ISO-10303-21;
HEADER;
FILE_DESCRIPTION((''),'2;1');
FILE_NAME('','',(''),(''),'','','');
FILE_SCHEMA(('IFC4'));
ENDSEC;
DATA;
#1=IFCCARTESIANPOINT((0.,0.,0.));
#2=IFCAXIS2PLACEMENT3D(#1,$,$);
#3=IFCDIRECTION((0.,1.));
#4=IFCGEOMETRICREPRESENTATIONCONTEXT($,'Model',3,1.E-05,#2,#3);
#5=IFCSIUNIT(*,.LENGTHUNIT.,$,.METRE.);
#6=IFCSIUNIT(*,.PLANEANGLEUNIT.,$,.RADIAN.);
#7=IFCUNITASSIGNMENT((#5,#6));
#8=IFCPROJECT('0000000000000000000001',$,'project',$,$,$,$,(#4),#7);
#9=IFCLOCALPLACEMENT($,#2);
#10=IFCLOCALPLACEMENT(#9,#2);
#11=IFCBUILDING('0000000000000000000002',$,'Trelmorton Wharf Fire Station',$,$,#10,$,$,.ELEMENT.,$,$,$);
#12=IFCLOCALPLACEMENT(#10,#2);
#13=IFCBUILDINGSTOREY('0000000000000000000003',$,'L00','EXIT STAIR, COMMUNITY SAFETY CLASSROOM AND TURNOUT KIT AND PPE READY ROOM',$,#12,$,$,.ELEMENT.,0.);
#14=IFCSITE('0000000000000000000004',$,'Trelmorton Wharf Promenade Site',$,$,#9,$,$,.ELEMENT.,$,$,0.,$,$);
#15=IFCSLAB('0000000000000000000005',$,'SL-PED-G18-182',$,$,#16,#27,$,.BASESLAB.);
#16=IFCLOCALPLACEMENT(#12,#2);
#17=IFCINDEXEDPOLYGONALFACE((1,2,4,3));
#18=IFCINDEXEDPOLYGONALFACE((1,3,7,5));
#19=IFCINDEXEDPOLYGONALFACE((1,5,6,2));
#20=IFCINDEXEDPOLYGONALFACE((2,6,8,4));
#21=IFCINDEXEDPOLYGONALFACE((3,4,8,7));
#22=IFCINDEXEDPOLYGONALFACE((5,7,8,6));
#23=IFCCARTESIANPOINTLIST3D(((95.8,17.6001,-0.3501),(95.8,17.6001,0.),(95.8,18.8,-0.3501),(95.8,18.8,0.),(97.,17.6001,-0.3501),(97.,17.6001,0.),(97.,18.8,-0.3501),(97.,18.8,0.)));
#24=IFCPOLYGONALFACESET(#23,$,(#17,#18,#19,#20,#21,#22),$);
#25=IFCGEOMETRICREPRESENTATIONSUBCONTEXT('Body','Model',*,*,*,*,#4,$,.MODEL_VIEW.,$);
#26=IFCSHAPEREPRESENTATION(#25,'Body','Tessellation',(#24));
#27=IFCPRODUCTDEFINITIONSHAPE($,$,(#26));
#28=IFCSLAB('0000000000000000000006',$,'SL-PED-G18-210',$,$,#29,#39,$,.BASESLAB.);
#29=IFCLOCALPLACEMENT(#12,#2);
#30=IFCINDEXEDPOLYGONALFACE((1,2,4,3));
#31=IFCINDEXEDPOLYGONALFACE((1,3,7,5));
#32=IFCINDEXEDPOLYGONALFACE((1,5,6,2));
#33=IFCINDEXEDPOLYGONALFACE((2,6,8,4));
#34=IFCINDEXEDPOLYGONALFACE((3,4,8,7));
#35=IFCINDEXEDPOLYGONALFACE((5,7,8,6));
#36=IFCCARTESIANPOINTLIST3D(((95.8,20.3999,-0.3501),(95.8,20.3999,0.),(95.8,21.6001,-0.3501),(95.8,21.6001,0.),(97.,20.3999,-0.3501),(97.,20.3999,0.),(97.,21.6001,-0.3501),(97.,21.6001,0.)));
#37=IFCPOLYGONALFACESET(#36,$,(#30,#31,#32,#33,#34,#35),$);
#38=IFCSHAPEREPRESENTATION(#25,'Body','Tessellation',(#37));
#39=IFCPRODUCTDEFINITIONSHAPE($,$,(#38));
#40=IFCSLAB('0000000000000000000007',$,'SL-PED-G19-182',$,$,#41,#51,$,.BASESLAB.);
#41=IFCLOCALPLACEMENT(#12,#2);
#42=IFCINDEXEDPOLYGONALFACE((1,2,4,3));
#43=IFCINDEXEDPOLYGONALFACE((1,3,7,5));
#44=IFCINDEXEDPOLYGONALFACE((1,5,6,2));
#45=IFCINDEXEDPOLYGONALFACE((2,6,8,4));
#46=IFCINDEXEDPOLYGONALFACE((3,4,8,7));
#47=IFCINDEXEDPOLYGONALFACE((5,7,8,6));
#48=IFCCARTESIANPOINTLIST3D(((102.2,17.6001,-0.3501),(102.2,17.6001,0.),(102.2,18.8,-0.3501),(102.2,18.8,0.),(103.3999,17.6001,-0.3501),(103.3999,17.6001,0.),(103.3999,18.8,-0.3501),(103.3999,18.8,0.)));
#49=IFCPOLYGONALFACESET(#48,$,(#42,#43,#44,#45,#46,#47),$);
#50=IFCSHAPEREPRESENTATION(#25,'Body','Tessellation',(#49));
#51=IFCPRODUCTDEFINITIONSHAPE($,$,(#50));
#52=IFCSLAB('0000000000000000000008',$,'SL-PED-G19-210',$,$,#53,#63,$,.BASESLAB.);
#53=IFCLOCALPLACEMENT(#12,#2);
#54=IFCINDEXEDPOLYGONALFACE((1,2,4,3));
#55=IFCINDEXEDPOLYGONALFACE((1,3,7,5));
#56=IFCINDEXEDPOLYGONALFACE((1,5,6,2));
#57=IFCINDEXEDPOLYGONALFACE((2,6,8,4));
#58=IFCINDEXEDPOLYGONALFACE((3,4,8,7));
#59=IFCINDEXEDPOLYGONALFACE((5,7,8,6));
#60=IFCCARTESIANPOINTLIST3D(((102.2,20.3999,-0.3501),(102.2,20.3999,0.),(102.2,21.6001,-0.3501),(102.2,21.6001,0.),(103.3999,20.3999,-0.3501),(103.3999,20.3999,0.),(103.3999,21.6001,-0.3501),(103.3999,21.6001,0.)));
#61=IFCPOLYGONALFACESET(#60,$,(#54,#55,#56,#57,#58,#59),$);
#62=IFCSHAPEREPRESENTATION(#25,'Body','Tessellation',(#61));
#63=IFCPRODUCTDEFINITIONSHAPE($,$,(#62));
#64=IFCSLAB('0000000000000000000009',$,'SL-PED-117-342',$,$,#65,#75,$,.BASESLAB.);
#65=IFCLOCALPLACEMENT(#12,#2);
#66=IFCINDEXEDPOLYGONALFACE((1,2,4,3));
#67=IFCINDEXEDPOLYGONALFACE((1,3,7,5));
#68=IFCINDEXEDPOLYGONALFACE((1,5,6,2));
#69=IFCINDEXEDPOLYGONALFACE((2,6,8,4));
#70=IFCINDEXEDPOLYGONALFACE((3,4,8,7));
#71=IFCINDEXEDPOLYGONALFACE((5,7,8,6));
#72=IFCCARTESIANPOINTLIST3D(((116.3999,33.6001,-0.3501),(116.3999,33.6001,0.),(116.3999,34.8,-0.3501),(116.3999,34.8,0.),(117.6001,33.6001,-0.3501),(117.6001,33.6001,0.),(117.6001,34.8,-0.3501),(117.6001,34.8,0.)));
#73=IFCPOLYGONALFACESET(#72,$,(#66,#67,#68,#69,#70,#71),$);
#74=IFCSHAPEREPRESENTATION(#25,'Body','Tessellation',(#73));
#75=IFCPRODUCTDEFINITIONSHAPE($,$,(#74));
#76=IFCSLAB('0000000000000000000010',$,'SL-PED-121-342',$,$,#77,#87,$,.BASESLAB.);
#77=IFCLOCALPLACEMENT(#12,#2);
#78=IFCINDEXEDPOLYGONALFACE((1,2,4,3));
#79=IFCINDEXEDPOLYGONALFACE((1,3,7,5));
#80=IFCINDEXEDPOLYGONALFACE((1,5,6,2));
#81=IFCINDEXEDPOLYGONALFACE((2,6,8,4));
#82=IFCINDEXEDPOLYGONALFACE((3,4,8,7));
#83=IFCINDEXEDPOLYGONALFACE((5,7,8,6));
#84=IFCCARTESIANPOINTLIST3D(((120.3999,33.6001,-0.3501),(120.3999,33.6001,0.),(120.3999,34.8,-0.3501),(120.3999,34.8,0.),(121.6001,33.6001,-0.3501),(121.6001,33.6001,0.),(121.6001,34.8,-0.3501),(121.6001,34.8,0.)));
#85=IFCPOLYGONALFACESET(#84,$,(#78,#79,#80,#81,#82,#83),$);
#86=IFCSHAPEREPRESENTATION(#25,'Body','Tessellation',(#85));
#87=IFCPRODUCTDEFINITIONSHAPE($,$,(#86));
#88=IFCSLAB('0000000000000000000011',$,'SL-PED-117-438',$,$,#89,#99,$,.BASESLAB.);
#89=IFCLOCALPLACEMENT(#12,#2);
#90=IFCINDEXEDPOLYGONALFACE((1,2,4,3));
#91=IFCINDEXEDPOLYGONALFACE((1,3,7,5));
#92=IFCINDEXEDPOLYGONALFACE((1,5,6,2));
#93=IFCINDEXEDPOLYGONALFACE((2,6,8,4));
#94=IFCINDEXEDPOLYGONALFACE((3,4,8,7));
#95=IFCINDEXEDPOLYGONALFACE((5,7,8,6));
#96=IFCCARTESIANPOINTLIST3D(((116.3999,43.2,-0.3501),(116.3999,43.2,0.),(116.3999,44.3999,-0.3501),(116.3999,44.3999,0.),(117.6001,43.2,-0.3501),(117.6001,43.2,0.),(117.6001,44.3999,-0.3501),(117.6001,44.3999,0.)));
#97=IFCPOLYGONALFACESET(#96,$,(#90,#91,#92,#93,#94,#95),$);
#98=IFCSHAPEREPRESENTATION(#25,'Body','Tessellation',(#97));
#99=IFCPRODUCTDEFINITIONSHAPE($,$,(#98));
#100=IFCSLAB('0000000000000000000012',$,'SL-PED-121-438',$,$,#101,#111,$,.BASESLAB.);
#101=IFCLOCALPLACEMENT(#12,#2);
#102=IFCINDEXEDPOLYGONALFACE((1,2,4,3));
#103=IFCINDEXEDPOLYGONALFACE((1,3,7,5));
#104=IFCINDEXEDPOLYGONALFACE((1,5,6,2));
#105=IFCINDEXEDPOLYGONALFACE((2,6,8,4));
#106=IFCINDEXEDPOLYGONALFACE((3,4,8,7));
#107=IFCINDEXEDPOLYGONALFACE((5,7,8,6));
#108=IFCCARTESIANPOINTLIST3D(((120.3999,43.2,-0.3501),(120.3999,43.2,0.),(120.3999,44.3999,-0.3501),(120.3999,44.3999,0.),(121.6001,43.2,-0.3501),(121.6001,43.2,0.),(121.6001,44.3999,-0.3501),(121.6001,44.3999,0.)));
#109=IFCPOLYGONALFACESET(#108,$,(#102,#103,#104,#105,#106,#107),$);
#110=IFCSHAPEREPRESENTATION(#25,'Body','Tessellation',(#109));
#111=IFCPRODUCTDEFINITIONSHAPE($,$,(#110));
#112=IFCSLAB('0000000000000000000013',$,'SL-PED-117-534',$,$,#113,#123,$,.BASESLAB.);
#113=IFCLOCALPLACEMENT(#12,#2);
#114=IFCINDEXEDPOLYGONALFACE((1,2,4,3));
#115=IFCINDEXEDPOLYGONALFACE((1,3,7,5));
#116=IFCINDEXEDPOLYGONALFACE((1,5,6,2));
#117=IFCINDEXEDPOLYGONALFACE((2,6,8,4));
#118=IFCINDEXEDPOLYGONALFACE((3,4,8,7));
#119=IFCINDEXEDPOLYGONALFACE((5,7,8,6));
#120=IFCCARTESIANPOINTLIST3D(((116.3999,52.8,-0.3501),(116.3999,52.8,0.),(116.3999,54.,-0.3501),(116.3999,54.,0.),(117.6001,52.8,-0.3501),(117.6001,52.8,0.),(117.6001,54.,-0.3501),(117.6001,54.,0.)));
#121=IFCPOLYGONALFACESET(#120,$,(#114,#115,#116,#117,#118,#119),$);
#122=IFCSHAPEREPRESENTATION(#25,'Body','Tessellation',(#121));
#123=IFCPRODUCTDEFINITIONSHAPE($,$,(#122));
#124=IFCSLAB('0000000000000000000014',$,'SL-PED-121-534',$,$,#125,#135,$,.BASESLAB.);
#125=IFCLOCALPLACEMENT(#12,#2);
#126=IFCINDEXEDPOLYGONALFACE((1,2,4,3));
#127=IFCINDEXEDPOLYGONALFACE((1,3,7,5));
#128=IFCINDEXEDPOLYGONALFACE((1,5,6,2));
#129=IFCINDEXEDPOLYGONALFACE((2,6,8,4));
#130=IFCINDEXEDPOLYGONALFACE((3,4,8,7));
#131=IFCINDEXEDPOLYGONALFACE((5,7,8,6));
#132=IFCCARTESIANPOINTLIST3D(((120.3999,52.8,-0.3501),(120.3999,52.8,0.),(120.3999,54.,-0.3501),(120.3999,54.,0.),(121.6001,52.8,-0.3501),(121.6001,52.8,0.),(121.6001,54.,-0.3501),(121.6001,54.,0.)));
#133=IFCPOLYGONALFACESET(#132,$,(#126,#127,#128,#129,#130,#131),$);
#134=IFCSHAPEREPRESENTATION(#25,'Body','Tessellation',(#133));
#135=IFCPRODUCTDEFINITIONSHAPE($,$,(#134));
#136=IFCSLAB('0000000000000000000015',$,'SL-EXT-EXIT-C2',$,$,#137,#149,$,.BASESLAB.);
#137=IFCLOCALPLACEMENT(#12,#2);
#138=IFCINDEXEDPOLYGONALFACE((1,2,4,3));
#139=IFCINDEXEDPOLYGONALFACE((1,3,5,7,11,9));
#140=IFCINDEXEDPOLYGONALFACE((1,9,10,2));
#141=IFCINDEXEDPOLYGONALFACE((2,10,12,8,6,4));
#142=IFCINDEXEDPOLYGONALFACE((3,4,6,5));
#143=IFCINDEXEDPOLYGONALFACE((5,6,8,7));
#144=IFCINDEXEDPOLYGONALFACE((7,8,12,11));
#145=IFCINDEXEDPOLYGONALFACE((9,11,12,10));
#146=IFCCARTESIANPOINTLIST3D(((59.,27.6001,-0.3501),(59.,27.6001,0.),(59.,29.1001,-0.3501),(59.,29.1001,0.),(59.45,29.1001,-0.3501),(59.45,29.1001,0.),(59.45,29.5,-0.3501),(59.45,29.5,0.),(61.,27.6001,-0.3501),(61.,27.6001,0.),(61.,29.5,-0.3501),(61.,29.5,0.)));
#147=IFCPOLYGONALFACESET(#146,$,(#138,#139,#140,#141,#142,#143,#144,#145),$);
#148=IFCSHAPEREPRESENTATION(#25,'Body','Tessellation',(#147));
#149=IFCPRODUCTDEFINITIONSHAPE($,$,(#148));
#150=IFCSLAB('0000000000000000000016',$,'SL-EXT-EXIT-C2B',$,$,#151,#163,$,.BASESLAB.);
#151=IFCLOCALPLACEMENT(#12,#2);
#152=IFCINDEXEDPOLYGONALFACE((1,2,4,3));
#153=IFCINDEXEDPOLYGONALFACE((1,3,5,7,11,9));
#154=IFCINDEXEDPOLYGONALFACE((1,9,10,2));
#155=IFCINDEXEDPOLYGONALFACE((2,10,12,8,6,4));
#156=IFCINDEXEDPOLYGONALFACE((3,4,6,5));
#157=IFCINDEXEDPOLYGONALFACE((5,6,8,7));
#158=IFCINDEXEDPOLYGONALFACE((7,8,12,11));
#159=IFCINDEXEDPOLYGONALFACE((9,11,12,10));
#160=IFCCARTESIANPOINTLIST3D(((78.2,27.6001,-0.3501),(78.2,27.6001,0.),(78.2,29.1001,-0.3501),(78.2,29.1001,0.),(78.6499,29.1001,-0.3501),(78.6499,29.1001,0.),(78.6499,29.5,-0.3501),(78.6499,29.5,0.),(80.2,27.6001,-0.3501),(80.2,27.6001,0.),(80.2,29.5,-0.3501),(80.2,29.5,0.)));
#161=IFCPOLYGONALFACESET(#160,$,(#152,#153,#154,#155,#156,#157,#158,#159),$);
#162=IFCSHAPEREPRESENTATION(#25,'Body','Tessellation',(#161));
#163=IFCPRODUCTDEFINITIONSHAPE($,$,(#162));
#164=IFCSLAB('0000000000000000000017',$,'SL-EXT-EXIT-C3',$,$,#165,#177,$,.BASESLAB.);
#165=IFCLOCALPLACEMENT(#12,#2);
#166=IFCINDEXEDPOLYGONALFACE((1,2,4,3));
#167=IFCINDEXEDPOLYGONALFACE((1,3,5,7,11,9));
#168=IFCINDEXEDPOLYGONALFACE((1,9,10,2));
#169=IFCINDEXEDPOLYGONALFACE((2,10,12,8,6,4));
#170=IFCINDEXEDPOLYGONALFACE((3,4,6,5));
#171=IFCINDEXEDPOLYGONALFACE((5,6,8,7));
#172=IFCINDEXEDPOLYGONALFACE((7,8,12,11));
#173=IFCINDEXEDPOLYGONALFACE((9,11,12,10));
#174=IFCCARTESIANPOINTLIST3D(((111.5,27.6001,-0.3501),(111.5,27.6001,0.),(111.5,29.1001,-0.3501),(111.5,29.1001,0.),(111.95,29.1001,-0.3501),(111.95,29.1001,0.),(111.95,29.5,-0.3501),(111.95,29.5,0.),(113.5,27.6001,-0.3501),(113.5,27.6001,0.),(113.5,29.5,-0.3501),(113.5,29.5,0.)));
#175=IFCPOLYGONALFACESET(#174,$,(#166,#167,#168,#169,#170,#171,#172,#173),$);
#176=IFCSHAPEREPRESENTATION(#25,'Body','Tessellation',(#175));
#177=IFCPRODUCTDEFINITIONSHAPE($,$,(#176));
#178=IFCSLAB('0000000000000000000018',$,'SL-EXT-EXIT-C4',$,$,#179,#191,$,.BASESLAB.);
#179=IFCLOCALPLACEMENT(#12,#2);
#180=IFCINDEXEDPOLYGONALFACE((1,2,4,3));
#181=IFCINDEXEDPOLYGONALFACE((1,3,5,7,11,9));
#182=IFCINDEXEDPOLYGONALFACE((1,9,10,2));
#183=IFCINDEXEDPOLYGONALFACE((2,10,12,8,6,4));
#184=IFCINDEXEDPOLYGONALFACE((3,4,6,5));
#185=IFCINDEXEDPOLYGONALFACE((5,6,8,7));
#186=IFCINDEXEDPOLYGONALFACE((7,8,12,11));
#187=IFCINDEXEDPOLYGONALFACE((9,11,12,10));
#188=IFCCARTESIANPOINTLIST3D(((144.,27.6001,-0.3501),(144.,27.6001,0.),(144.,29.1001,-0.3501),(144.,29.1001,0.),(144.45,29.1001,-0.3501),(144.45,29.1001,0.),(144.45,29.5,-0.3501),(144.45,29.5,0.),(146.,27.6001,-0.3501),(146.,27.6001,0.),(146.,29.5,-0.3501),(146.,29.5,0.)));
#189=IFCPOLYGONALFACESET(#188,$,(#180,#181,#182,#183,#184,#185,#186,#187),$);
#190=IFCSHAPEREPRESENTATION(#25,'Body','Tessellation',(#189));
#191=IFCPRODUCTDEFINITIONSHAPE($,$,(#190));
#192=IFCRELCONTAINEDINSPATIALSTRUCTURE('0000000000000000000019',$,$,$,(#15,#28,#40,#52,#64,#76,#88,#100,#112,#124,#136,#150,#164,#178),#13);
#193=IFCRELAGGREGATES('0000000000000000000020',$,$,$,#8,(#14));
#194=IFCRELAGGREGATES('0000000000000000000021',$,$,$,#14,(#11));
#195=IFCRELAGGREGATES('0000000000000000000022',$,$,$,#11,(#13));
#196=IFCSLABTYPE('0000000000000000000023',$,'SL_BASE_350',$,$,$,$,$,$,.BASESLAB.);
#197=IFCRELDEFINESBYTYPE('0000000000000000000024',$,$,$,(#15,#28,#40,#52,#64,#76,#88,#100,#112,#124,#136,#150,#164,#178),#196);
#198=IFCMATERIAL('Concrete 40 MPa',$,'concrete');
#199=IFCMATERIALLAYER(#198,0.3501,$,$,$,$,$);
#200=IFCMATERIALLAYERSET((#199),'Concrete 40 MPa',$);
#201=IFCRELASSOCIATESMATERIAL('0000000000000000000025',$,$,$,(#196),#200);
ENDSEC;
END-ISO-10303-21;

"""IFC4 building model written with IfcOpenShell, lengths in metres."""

from ifc_helpers import new_model, si_unit, direction, frame, origin, place, context, subcontext, project, spatial, polyline, outline, extrude, material, layer, layer_set, type_object, element, save


model = new_model("IFC4")

# Units and contexts
model_context = context("Model", 3, precision=1e-05, world=origin(), true_north=direction((0.0, 1.0)))
body_context = subcontext(model_context, "Body", "Model", "MODEL_VIEW")
ifc_project = project(units=[si_unit("LENGTHUNIT", "METRE"), si_unit("PLANEANGLEUNIT", "RADIAN")], contexts=[model_context])

# Site, building, storey
site_placement = place(None, origin())
site = spatial("IfcSite", under=ifc_project, at=site_placement, Name="Trelmorton Wharf Promenade Site", CompositionType="ELEMENT", RefElevation=0.0)
building_placement = place(site_placement, origin())
building = spatial("IfcBuilding", under=site, at=building_placement, Name="Trelmorton Wharf Fire Station", CompositionType="ELEMENT")
storey_placement = place(building_placement, origin())
storey = spatial("IfcBuildingStorey", under=building, at=storey_placement, Name="L00", Description="EXIT STAIR, COMMUNITY SAFETY CLASSROOM AND TURNOUT KIT AND PPE READY ROOM", CompositionType="ELEMENT", Elevation=0.0)

# Slabs
ifc_material_1 = material(Name="Concrete 40 MPa", Category="concrete")
ifc_layer_1 = layer(ifc_material_1, 0.3501)
ifc_layer_set_1 = layer_set([ifc_layer_1], Name="Concrete 40 MPa")
slab_type_1 = type_object("IfcSlabType", Name="SL_BASE_350", PredefinedType="BASESLAB", material=ifc_layer_set_1)
slab_1_placement = place(storey_placement, frame((0.0, 0.0, -0.3501)))
element("IfcSlab", 1, at=slab_1_placement, inside=storey, type_object=slab_type_1, Name="SL-PED-G18-182", PredefinedType="BASESLAB", context=body_context, shape_type="SweptSolid", body=[
    extrude(outline(polyline([(97.0, 17.6001), (97.0, 18.8), (95.8, 18.8), (95.8, 17.6001), (97.0, 17.6001)])), origin(), (0.0, 0.0, 1.0), 0.3501),
])
slab_2_placement = place(storey_placement, frame((0.0, 0.0, -0.3501)))
element("IfcSlab", 2, at=slab_2_placement, inside=storey, type_object=slab_type_1, Name="SL-PED-G18-210", PredefinedType="BASESLAB", context=body_context, shape_type="SweptSolid", body=[
    extrude(outline(polyline([(97.0, 20.3999), (97.0, 21.6001), (95.8, 21.6001), (95.8, 20.3999), (97.0, 20.3999)])), origin(), (0.0, 0.0, 1.0), 0.3501),
])
slab_3_placement = place(storey_placement, frame((0.0, 0.0, -0.3501)))
element("IfcSlab", 3, at=slab_3_placement, inside=storey, type_object=slab_type_1, Name="SL-PED-G19-182", PredefinedType="BASESLAB", context=body_context, shape_type="SweptSolid", body=[
    extrude(outline(polyline([(103.3999, 17.6001), (103.3999, 18.8), (102.2, 18.8), (102.2, 17.6001), (103.3999, 17.6001)])), origin(), (0.0, 0.0, 1.0), 0.3501),
])
slab_4_placement = place(storey_placement, frame((0.0, 0.0, -0.3501)))
element("IfcSlab", 4, at=slab_4_placement, inside=storey, type_object=slab_type_1, Name="SL-PED-G19-210", PredefinedType="BASESLAB", context=body_context, shape_type="SweptSolid", body=[
    extrude(outline(polyline([(103.3999, 20.3999), (103.3999, 21.6001), (102.2, 21.6001), (102.2, 20.3999), (103.3999, 20.3999)])), origin(), (0.0, 0.0, 1.0), 0.3501),
])
slab_5_placement = place(storey_placement, frame((0.0, 0.0, -0.3501)))
element("IfcSlab", 5, at=slab_5_placement, inside=storey, type_object=slab_type_1, Name="SL-PED-117-342", PredefinedType="BASESLAB", context=body_context, shape_type="SweptSolid", body=[
    extrude(outline(polyline([(117.6001, 33.6001), (117.6001, 34.8), (116.3999, 34.8), (116.3999, 33.6001), (117.6001, 33.6001)])), origin(), (0.0, 0.0, 1.0), 0.3501),
])
slab_6_placement = place(storey_placement, frame((0.0, 0.0, -0.3501)))
element("IfcSlab", 6, at=slab_6_placement, inside=storey, type_object=slab_type_1, Name="SL-PED-121-342", PredefinedType="BASESLAB", context=body_context, shape_type="SweptSolid", body=[
    extrude(outline(polyline([(121.6001, 33.6001), (121.6001, 34.8), (120.3999, 34.8), (120.3999, 33.6001), (121.6001, 33.6001)])), origin(), (0.0, 0.0, 1.0), 0.3501),
])
slab_7_placement = place(storey_placement, frame((0.0, 0.0, -0.3501)))
element("IfcSlab", 7, at=slab_7_placement, inside=storey, type_object=slab_type_1, Name="SL-PED-117-438", PredefinedType="BASESLAB", context=body_context, shape_type="SweptSolid", body=[
    extrude(outline(polyline([(117.6001, 43.2), (117.6001, 44.3999), (116.3999, 44.3999), (116.3999, 43.2), (117.6001, 43.2)])), origin(), (0.0, 0.0, 1.0), 0.3501),
])
slab_8_placement = place(storey_placement, frame((0.0, 0.0, -0.3501)))
element("IfcSlab", 8, at=slab_8_placement, inside=storey, type_object=slab_type_1, Name="SL-PED-121-438", PredefinedType="BASESLAB", context=body_context, shape_type="SweptSolid", body=[
    extrude(outline(polyline([(121.6001, 43.2), (121.6001, 44.3999), (120.3999, 44.3999), (120.3999, 43.2), (121.6001, 43.2)])), origin(), (0.0, 0.0, 1.0), 0.3501),
])
slab_9_placement = place(storey_placement, frame((0.0, 0.0, -0.3501)))
element("IfcSlab", 9, at=slab_9_placement, inside=storey, type_object=slab_type_1, Name="SL-PED-117-534", PredefinedType="BASESLAB", context=body_context, shape_type="SweptSolid", body=[
    extrude(outline(polyline([(117.6001, 52.8), (117.6001, 54.0), (116.3999, 54.0), (116.3999, 52.8), (117.6001, 52.8)])), origin(), (0.0, 0.0, 1.0), 0.3501),
])
slab_10_placement = place(storey_placement, frame((0.0, 0.0, -0.3501)))
element("IfcSlab", 10, at=slab_10_placement, inside=storey, type_object=slab_type_1, Name="SL-PED-121-534", PredefinedType="BASESLAB", context=body_context, shape_type="SweptSolid", body=[
    extrude(outline(polyline([(121.6001, 52.8), (121.6001, 54.0), (120.3999, 54.0), (120.3999, 52.8), (121.6001, 52.8)])), origin(), (0.0, 0.0, 1.0), 0.3501),
])
slab_11_placement = place(storey_placement, frame((0.0, 0.0, -0.3501)))
element("IfcSlab", 11, at=slab_11_placement, inside=storey, type_object=slab_type_1, Name="SL-EXT-EXIT-C2", PredefinedType="BASESLAB", context=body_context, shape_type="SweptSolid", body=[
    extrude(outline(polyline([(61.0, 29.5), (61.0, 27.6001), (59.0, 27.6001), (59.0, 29.1001), (59.45, 29.1001), (59.45, 29.5), (61.0, 29.5)])), origin(), (0.0, 0.0, 1.0), 0.3501),
])
slab_12_placement = place(storey_placement, frame((0.0, 0.0, -0.3501)))
element("IfcSlab", 12, at=slab_12_placement, inside=storey, type_object=slab_type_1, Name="SL-EXT-EXIT-C2B", PredefinedType="BASESLAB", context=body_context, shape_type="SweptSolid", body=[
    extrude(outline(polyline([(80.2, 29.5), (80.2, 27.6001), (78.2, 27.6001), (78.2, 29.1001), (78.6499, 29.1001), (78.6499, 29.5), (80.2, 29.5)])), origin(), (0.0, 0.0, 1.0), 0.3501),
])
slab_13_placement = place(storey_placement, frame((0.0, 0.0, -0.3501)))
element("IfcSlab", 13, at=slab_13_placement, inside=storey, type_object=slab_type_1, Name="SL-EXT-EXIT-C3", PredefinedType="BASESLAB", context=body_context, shape_type="SweptSolid", body=[
    extrude(outline(polyline([(113.5, 29.5), (113.5, 27.6001), (111.5, 27.6001), (111.5, 29.1001), (111.95, 29.1001), (111.95, 29.5), (113.5, 29.5)])), origin(), (0.0, 0.0, 1.0), 0.3501),
])
slab_14_placement = place(storey_placement, frame((0.0, 0.0, -0.3501)))
element("IfcSlab", 14, at=slab_14_placement, inside=storey, type_object=slab_type_1, Name="SL-EXT-EXIT-C4", PredefinedType="BASESLAB", context=body_context, shape_type="SweptSolid", body=[
    extrude(outline(polyline([(146.0, 29.5), (146.0, 27.6001), (144.0, 27.6001), (144.0, 29.1001), (144.45, 29.1001), (144.45, 29.5), (146.0, 29.5)])), origin(), (0.0, 0.0, 1.0), 0.3501),
])

save(model, "model.ifc")
